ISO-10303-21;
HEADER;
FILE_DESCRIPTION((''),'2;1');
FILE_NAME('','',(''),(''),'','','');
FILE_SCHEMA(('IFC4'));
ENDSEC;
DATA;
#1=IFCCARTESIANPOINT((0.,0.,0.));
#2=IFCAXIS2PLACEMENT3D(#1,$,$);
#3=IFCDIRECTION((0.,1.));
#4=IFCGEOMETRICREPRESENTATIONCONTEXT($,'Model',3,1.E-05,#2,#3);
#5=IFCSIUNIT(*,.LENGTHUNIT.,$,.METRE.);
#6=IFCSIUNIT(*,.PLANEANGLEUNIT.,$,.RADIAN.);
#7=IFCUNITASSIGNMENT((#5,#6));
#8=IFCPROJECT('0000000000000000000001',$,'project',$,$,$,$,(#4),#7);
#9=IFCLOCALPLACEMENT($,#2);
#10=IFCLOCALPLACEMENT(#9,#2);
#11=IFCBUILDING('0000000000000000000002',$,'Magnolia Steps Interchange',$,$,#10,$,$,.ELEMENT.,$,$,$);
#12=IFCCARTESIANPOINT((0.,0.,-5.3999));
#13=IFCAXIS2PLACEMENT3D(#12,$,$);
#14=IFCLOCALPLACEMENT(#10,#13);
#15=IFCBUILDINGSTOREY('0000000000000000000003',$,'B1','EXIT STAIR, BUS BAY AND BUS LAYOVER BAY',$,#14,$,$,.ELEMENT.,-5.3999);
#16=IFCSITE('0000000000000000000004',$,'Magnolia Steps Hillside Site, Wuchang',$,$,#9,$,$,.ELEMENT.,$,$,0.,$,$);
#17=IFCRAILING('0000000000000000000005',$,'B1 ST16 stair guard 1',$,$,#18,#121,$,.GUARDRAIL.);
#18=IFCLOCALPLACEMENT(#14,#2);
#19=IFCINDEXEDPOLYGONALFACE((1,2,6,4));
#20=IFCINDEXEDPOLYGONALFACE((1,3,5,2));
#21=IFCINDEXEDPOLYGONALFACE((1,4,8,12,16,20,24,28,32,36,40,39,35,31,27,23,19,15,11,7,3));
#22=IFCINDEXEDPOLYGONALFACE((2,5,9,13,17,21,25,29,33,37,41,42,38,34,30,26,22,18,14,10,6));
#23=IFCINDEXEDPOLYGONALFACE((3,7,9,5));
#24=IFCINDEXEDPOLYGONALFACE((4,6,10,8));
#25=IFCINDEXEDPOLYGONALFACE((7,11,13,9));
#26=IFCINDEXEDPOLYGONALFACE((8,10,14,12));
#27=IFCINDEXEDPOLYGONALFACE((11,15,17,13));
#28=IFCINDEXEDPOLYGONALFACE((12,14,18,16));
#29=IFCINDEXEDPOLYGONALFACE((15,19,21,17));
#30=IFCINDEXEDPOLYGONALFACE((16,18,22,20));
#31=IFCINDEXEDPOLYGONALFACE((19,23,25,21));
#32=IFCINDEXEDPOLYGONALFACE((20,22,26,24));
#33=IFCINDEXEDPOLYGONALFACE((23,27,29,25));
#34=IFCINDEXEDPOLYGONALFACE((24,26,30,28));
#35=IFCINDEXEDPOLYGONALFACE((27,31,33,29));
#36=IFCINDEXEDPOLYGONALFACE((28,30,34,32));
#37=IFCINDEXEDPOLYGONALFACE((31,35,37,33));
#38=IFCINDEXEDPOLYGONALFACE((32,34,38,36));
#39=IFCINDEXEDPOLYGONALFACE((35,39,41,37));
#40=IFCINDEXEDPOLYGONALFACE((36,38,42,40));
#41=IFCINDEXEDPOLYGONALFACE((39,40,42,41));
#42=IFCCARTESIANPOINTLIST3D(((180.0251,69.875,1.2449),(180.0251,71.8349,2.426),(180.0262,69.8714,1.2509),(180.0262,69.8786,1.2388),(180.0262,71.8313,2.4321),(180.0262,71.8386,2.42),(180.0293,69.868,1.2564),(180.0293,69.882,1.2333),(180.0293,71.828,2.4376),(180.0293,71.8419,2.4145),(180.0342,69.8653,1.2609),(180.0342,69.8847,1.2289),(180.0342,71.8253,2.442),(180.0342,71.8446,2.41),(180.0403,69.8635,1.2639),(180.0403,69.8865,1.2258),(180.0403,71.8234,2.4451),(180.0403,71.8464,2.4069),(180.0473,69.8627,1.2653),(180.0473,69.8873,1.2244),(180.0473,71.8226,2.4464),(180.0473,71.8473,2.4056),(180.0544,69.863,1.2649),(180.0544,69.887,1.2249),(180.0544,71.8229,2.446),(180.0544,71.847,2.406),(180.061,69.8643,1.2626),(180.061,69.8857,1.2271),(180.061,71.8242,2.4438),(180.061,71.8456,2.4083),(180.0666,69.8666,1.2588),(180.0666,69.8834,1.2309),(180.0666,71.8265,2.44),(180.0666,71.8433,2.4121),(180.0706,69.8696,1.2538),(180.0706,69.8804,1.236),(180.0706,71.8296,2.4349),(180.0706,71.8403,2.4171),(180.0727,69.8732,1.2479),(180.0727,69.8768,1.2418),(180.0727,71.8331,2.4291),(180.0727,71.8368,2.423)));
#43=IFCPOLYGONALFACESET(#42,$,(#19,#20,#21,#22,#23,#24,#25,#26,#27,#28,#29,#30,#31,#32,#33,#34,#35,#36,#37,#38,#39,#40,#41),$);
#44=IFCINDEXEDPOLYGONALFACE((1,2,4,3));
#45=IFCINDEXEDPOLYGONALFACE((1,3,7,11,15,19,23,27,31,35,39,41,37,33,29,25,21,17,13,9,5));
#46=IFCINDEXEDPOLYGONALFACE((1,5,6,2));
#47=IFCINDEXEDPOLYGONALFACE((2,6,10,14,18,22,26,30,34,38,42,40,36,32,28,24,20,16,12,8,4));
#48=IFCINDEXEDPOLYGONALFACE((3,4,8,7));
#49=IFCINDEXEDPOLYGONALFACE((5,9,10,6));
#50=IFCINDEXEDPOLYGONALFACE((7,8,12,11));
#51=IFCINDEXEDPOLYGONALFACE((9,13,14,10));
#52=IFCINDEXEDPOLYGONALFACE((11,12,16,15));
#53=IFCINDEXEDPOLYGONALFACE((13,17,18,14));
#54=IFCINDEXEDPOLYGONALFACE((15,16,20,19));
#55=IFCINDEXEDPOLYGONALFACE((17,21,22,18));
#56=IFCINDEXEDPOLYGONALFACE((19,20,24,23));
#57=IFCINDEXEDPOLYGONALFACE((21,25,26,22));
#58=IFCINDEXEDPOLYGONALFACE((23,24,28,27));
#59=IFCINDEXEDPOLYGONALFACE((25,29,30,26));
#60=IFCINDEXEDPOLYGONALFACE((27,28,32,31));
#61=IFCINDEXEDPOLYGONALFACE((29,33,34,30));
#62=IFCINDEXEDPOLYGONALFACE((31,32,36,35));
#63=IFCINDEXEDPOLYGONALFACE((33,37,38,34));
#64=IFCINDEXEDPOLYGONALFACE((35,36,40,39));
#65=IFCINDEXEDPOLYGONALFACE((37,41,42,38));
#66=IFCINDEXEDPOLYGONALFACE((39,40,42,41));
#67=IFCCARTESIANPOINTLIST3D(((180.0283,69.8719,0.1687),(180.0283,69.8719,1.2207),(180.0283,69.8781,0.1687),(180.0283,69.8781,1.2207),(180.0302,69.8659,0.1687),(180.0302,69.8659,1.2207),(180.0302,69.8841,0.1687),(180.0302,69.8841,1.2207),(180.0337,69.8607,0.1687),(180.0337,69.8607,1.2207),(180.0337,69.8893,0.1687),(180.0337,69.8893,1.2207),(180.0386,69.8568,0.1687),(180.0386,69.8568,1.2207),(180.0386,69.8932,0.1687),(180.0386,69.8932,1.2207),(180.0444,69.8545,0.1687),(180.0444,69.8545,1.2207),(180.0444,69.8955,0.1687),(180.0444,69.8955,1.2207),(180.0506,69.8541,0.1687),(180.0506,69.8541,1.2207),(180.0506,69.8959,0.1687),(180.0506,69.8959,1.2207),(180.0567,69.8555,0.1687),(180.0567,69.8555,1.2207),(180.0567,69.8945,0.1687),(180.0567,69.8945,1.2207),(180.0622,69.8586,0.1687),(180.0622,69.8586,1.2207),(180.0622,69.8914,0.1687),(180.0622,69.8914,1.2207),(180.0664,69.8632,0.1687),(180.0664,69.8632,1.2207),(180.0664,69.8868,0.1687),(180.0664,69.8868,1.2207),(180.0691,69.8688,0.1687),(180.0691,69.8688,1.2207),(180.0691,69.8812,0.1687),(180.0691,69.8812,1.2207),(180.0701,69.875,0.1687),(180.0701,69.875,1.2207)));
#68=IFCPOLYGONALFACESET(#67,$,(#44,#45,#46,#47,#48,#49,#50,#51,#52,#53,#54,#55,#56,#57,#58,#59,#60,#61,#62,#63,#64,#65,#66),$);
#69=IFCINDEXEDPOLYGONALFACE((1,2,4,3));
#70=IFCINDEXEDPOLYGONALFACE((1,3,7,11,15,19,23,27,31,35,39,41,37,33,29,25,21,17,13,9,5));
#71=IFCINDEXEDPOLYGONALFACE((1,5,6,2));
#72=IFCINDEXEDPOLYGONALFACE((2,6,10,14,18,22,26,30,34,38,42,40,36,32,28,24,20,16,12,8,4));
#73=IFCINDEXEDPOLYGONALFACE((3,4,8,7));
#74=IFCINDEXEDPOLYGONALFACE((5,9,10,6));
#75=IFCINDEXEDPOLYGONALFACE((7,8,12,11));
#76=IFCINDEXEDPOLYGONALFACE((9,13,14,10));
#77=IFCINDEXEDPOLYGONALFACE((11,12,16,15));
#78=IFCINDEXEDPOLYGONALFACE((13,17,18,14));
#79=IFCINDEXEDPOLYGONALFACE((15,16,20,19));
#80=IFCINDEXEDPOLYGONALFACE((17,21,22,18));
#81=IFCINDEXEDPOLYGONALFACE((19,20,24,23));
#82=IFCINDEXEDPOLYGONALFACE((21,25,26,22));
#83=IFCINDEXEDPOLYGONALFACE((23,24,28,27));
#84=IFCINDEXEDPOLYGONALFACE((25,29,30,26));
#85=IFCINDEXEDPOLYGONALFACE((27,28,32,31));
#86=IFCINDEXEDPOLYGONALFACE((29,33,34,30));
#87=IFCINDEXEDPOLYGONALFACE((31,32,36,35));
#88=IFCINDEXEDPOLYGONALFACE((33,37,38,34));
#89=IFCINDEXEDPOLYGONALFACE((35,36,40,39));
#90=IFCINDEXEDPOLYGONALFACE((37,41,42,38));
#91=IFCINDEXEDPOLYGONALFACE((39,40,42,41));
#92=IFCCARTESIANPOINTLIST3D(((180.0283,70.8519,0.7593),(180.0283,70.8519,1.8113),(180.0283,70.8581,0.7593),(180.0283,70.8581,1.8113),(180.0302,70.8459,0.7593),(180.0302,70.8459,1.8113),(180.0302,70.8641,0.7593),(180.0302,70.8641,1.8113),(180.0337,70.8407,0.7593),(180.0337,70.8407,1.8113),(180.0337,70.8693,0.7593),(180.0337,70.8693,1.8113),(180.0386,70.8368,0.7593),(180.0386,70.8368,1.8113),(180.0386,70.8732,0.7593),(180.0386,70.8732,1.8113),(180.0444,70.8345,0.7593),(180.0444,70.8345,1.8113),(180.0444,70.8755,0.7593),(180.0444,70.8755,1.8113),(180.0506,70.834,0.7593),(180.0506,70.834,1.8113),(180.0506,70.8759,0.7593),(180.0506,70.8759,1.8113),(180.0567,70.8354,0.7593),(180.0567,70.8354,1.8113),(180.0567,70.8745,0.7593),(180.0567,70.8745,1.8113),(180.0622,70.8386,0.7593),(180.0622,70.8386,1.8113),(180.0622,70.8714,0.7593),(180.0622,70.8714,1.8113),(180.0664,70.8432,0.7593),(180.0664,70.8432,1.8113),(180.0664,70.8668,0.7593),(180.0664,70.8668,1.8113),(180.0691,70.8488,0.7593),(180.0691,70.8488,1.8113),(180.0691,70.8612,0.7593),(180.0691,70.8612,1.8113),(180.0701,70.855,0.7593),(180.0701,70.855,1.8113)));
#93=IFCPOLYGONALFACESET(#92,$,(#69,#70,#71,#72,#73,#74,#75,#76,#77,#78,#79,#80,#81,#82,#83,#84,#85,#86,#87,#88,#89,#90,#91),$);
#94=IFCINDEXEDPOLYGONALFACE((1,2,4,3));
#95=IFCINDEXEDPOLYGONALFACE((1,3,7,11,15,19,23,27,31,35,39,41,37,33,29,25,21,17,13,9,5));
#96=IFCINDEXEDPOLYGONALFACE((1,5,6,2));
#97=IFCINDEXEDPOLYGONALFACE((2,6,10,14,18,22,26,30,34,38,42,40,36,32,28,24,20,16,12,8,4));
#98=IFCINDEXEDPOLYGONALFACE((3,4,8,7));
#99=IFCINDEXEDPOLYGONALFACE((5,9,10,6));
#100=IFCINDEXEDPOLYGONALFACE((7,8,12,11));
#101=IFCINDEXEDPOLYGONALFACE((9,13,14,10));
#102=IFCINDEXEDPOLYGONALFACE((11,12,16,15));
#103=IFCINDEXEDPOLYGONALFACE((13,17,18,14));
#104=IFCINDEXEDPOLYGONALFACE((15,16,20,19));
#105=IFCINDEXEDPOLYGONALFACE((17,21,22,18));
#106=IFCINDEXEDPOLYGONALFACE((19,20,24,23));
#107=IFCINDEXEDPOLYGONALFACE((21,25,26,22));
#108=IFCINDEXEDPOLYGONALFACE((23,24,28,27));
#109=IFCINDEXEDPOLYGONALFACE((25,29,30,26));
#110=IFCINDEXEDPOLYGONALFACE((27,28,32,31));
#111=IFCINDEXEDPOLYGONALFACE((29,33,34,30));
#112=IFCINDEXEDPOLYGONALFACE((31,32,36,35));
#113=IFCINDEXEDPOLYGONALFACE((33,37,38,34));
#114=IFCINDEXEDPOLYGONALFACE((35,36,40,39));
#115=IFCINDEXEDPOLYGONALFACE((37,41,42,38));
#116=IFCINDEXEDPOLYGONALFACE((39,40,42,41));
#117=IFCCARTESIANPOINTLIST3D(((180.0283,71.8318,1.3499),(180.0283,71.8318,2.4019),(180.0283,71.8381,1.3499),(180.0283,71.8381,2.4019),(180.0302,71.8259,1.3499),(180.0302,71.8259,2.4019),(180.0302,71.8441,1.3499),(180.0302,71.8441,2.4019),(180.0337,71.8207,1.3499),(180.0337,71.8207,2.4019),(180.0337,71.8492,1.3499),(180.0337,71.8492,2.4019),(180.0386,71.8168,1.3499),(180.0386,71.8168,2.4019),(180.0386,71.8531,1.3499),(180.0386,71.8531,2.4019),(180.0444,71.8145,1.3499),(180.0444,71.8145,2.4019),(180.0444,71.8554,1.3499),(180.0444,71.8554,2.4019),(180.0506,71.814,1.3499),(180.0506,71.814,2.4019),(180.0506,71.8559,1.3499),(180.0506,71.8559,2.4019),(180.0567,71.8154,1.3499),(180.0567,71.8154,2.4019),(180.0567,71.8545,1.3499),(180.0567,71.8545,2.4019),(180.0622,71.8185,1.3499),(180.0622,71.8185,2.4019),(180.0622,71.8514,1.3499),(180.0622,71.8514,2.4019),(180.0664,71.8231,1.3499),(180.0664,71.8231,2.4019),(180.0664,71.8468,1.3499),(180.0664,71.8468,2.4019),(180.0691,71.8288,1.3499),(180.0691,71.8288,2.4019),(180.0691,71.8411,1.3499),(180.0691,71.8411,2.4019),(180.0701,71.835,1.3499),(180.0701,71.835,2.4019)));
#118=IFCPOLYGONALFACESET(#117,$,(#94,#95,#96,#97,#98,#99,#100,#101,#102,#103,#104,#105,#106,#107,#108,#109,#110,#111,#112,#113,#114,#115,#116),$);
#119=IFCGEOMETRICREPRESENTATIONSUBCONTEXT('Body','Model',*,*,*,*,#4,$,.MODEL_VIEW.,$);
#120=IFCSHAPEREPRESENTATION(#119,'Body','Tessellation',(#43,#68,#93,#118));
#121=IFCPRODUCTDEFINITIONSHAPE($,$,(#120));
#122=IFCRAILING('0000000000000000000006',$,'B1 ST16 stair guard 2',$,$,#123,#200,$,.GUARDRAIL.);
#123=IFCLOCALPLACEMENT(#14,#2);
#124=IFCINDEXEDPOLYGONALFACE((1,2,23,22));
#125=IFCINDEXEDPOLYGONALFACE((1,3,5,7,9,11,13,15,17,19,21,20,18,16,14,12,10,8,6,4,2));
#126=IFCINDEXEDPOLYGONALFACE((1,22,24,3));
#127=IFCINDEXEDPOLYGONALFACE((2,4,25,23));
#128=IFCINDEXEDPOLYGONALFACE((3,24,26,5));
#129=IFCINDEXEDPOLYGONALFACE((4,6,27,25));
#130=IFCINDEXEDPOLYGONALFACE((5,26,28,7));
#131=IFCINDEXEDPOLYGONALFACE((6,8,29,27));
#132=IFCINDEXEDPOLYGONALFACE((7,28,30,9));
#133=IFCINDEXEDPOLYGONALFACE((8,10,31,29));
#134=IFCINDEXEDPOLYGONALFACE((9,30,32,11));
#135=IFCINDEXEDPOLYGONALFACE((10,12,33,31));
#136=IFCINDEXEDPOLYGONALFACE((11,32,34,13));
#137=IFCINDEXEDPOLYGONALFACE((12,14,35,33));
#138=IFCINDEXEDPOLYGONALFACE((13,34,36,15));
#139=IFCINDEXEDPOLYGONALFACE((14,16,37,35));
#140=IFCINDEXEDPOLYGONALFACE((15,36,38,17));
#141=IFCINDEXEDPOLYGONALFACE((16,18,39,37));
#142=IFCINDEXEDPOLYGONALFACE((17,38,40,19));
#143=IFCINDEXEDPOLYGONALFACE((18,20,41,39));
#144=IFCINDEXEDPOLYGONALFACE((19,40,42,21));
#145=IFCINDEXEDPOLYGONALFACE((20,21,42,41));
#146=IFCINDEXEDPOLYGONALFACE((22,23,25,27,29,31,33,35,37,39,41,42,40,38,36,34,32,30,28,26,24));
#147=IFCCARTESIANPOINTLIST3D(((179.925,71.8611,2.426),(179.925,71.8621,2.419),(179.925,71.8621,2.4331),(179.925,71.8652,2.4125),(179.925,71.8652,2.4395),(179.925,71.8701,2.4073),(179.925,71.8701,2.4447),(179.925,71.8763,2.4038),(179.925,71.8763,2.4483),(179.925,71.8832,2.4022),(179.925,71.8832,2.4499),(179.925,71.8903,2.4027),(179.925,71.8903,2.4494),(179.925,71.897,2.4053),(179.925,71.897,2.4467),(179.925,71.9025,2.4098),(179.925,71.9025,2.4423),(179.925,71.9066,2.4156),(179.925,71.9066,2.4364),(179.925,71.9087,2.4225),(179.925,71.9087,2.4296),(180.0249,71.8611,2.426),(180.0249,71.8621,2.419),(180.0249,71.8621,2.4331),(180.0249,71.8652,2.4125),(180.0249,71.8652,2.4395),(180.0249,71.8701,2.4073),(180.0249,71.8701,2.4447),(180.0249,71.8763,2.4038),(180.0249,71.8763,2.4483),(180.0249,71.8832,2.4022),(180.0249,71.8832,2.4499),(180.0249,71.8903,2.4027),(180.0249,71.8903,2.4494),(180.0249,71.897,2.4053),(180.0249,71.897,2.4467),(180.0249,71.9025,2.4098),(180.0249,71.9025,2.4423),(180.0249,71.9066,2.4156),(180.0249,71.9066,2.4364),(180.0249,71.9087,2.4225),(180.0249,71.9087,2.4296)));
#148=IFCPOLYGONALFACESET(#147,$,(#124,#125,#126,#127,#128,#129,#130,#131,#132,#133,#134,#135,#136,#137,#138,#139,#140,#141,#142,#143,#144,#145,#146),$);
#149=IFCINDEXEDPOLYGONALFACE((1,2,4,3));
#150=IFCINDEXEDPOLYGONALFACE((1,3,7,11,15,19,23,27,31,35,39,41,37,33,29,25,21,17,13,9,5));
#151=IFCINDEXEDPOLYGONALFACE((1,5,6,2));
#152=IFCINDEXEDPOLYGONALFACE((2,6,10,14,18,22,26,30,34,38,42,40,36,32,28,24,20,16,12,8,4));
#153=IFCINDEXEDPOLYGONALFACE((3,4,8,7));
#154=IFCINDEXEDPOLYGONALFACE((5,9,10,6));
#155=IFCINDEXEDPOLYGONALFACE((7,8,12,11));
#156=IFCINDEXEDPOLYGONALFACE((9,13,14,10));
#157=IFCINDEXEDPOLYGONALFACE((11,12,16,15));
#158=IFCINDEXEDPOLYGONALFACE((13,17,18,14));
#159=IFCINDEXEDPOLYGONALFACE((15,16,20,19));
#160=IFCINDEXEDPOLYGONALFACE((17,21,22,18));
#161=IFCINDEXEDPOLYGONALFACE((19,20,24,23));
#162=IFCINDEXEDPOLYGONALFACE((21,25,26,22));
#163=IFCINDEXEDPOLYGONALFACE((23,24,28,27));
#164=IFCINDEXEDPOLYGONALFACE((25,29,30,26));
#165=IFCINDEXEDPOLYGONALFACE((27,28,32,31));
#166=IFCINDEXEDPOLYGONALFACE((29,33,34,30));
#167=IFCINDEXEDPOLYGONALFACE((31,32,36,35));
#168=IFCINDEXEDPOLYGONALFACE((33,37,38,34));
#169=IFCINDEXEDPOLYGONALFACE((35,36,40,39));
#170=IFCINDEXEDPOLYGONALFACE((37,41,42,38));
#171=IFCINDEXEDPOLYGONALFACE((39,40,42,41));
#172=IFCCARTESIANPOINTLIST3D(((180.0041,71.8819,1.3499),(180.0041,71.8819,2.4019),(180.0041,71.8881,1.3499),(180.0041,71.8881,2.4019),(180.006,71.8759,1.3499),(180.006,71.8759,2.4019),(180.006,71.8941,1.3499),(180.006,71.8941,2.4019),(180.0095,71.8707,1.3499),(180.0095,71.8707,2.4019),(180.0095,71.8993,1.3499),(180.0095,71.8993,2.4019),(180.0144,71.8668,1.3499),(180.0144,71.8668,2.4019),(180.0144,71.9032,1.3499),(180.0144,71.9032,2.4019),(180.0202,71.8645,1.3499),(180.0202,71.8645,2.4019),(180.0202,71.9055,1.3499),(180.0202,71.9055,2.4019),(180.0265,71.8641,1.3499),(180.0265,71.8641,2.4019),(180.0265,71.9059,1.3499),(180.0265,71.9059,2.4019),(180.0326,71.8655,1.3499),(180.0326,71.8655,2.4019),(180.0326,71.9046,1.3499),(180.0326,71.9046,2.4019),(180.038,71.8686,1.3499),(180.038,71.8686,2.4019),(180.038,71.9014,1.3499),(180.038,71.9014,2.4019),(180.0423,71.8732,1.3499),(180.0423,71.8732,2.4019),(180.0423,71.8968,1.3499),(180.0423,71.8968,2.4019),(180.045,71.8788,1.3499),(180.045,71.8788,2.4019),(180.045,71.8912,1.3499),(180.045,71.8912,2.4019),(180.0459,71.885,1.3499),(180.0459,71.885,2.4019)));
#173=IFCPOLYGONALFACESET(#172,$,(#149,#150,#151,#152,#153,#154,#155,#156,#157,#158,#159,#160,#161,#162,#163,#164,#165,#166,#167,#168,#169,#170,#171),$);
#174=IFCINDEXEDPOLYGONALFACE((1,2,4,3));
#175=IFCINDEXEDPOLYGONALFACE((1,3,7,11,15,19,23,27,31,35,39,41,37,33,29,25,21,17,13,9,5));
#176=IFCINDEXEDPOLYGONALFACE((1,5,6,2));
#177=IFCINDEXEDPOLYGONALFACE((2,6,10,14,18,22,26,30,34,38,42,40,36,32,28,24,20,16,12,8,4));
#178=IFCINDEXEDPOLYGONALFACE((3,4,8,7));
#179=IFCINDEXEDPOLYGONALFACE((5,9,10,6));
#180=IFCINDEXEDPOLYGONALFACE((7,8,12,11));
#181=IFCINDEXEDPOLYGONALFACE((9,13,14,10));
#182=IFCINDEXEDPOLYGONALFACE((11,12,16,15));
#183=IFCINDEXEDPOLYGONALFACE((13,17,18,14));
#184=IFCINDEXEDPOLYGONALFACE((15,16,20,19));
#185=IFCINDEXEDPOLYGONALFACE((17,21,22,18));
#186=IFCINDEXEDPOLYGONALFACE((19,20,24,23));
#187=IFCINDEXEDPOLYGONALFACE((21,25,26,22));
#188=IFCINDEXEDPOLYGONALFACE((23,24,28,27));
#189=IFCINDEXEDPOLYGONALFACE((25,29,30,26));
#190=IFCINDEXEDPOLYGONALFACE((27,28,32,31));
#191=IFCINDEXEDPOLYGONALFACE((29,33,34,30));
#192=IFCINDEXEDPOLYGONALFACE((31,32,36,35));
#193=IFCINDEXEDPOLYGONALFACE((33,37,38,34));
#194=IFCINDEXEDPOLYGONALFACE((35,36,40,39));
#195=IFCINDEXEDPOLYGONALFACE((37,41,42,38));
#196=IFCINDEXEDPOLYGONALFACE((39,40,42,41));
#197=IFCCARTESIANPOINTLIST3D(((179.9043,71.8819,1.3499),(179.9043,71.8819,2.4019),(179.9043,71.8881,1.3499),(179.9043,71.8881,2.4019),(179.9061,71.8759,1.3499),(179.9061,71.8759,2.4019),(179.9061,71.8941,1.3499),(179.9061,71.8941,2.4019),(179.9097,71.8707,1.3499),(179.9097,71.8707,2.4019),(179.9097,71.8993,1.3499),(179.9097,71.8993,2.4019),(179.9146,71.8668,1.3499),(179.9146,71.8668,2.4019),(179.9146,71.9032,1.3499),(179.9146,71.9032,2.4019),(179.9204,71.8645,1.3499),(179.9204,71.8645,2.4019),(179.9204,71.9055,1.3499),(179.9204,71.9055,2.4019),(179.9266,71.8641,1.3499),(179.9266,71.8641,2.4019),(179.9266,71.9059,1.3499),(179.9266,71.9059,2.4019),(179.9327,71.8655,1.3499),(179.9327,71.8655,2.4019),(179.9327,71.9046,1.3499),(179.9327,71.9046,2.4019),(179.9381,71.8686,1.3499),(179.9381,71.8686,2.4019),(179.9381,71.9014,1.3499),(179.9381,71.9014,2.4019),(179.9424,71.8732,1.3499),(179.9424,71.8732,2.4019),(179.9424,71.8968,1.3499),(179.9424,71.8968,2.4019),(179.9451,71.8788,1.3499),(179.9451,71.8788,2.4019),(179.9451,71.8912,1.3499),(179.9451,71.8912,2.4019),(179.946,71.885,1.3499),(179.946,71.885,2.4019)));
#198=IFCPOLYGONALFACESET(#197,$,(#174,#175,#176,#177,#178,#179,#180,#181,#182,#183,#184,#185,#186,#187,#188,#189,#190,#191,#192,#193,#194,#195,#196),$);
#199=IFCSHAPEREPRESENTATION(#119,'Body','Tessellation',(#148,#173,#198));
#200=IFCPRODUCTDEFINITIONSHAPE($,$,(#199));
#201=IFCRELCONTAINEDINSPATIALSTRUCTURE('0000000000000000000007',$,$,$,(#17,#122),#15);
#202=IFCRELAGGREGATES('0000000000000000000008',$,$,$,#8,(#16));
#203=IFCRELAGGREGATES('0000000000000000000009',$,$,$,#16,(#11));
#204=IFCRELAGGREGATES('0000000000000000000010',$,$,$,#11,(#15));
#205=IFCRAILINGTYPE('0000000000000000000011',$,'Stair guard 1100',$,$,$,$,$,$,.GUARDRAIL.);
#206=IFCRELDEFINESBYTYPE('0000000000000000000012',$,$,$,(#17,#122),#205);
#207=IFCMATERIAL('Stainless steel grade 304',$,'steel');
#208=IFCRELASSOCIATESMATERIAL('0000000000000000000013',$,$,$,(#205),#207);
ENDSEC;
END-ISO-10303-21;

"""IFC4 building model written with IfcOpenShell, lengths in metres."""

from ifc_helpers import new_model, si_unit, direction, frame, origin, origin_2d, place, context, subcontext, project, spatial, circle, extrude, material, type_object, element, save


model = new_model("IFC4")

# Units and contexts
model_context = context("Model", 3, precision=1e-05, world=origin(), true_north=direction((0.0, 1.0)))
body_context = subcontext(model_context, "Body", "Model", "MODEL_VIEW")
ifc_project = project(units=[si_unit("LENGTHUNIT", "METRE"), si_unit("PLANEANGLEUNIT", "RADIAN")], contexts=[model_context])

# Site, building, storey
site_placement = place(None, origin())
site = spatial("IfcSite", under=ifc_project, at=site_placement, Name="Magnolia Steps Hillside Site, Wuchang", CompositionType="ELEMENT", RefElevation=0.0)
building_placement = place(site_placement, origin())
building = spatial("IfcBuilding", under=site, at=building_placement, Name="Magnolia Steps Interchange", CompositionType="ELEMENT")
storey_placement = place(building_placement, frame((0.0, 0.0, -5.3999)))
storey = spatial("IfcBuildingStorey", under=building, at=storey_placement, Name="B1", Description="EXIT STAIR, BUS BAY AND BUS LAYOVER BAY", CompositionType="ELEMENT", Elevation=-5.3999)

# Railings
ifc_material_1 = material(Name="Stainless steel grade 304", Category="steel")
railing_type_1 = type_object("IfcRailingType", Name="Stair guard 1100", PredefinedType="GUARDRAIL", material=ifc_material_1)
railing_1_placement = place(storey_placement, frame((180.0491, 69.875, 0.1687)))
element("IfcRailing", 1, at=railing_1_placement, inside=storey, type_object=railing_type_1, Name="B1 ST16 stair guard 1", PredefinedType="GUARDRAIL", context=body_context, shape_type="SweptSolid", body=[
    extrude(circle(Radius=0.0239, at=origin_2d()), frame((0.0, 0.0, 1.0762), z_axis=(0.0, 0.856493, 0.516158), x_axis=(-1.0, 0.0, 0.0)), (0.0, 0.0, 1.0), 2.2883),
    extrude(circle(Radius=0.021, at=origin_2d()), origin(), (0.0, 0.0, 1.0), 1.052),
    extrude(circle(Radius=0.021, at=origin_2d()), frame((0.0, 0.98, 0.5906)), (0.0, 0.0, 1.0), 1.052),
    extrude(circle(Radius=0.021, at=origin_2d()), frame((0.0, 1.96, 1.1812)), (0.0, 0.0, 1.0), 1.052),
])
railing_2_placement = place(storey_placement, frame((180.0249, 71.885, 1.3499)))
element("IfcRailing", 2, at=railing_2_placement, inside=storey, type_object=railing_type_1, Name="B1 ST16 stair guard 2", PredefinedType="GUARDRAIL", context=body_context, shape_type="SweptSolid", body=[
    extrude(circle(Radius=0.0239, at=origin_2d()), frame((0.0, 0.0, 1.0762), z_axis=(-1.0, 0.0, 0.0), x_axis=(0.0, -1.0, 0.0)), (0.0, 0.0, 1.0), 0.0999),
    extrude(circle(Radius=0.021, at=origin_2d()), origin(), (0.0, 0.0, 1.0), 1.052),
    extrude(circle(Radius=0.021, at=origin_2d()), frame((-0.0999, 0.0, 0.0)), (0.0, 0.0, 1.0), 1.052),
])

save(model, "model.ifc")
